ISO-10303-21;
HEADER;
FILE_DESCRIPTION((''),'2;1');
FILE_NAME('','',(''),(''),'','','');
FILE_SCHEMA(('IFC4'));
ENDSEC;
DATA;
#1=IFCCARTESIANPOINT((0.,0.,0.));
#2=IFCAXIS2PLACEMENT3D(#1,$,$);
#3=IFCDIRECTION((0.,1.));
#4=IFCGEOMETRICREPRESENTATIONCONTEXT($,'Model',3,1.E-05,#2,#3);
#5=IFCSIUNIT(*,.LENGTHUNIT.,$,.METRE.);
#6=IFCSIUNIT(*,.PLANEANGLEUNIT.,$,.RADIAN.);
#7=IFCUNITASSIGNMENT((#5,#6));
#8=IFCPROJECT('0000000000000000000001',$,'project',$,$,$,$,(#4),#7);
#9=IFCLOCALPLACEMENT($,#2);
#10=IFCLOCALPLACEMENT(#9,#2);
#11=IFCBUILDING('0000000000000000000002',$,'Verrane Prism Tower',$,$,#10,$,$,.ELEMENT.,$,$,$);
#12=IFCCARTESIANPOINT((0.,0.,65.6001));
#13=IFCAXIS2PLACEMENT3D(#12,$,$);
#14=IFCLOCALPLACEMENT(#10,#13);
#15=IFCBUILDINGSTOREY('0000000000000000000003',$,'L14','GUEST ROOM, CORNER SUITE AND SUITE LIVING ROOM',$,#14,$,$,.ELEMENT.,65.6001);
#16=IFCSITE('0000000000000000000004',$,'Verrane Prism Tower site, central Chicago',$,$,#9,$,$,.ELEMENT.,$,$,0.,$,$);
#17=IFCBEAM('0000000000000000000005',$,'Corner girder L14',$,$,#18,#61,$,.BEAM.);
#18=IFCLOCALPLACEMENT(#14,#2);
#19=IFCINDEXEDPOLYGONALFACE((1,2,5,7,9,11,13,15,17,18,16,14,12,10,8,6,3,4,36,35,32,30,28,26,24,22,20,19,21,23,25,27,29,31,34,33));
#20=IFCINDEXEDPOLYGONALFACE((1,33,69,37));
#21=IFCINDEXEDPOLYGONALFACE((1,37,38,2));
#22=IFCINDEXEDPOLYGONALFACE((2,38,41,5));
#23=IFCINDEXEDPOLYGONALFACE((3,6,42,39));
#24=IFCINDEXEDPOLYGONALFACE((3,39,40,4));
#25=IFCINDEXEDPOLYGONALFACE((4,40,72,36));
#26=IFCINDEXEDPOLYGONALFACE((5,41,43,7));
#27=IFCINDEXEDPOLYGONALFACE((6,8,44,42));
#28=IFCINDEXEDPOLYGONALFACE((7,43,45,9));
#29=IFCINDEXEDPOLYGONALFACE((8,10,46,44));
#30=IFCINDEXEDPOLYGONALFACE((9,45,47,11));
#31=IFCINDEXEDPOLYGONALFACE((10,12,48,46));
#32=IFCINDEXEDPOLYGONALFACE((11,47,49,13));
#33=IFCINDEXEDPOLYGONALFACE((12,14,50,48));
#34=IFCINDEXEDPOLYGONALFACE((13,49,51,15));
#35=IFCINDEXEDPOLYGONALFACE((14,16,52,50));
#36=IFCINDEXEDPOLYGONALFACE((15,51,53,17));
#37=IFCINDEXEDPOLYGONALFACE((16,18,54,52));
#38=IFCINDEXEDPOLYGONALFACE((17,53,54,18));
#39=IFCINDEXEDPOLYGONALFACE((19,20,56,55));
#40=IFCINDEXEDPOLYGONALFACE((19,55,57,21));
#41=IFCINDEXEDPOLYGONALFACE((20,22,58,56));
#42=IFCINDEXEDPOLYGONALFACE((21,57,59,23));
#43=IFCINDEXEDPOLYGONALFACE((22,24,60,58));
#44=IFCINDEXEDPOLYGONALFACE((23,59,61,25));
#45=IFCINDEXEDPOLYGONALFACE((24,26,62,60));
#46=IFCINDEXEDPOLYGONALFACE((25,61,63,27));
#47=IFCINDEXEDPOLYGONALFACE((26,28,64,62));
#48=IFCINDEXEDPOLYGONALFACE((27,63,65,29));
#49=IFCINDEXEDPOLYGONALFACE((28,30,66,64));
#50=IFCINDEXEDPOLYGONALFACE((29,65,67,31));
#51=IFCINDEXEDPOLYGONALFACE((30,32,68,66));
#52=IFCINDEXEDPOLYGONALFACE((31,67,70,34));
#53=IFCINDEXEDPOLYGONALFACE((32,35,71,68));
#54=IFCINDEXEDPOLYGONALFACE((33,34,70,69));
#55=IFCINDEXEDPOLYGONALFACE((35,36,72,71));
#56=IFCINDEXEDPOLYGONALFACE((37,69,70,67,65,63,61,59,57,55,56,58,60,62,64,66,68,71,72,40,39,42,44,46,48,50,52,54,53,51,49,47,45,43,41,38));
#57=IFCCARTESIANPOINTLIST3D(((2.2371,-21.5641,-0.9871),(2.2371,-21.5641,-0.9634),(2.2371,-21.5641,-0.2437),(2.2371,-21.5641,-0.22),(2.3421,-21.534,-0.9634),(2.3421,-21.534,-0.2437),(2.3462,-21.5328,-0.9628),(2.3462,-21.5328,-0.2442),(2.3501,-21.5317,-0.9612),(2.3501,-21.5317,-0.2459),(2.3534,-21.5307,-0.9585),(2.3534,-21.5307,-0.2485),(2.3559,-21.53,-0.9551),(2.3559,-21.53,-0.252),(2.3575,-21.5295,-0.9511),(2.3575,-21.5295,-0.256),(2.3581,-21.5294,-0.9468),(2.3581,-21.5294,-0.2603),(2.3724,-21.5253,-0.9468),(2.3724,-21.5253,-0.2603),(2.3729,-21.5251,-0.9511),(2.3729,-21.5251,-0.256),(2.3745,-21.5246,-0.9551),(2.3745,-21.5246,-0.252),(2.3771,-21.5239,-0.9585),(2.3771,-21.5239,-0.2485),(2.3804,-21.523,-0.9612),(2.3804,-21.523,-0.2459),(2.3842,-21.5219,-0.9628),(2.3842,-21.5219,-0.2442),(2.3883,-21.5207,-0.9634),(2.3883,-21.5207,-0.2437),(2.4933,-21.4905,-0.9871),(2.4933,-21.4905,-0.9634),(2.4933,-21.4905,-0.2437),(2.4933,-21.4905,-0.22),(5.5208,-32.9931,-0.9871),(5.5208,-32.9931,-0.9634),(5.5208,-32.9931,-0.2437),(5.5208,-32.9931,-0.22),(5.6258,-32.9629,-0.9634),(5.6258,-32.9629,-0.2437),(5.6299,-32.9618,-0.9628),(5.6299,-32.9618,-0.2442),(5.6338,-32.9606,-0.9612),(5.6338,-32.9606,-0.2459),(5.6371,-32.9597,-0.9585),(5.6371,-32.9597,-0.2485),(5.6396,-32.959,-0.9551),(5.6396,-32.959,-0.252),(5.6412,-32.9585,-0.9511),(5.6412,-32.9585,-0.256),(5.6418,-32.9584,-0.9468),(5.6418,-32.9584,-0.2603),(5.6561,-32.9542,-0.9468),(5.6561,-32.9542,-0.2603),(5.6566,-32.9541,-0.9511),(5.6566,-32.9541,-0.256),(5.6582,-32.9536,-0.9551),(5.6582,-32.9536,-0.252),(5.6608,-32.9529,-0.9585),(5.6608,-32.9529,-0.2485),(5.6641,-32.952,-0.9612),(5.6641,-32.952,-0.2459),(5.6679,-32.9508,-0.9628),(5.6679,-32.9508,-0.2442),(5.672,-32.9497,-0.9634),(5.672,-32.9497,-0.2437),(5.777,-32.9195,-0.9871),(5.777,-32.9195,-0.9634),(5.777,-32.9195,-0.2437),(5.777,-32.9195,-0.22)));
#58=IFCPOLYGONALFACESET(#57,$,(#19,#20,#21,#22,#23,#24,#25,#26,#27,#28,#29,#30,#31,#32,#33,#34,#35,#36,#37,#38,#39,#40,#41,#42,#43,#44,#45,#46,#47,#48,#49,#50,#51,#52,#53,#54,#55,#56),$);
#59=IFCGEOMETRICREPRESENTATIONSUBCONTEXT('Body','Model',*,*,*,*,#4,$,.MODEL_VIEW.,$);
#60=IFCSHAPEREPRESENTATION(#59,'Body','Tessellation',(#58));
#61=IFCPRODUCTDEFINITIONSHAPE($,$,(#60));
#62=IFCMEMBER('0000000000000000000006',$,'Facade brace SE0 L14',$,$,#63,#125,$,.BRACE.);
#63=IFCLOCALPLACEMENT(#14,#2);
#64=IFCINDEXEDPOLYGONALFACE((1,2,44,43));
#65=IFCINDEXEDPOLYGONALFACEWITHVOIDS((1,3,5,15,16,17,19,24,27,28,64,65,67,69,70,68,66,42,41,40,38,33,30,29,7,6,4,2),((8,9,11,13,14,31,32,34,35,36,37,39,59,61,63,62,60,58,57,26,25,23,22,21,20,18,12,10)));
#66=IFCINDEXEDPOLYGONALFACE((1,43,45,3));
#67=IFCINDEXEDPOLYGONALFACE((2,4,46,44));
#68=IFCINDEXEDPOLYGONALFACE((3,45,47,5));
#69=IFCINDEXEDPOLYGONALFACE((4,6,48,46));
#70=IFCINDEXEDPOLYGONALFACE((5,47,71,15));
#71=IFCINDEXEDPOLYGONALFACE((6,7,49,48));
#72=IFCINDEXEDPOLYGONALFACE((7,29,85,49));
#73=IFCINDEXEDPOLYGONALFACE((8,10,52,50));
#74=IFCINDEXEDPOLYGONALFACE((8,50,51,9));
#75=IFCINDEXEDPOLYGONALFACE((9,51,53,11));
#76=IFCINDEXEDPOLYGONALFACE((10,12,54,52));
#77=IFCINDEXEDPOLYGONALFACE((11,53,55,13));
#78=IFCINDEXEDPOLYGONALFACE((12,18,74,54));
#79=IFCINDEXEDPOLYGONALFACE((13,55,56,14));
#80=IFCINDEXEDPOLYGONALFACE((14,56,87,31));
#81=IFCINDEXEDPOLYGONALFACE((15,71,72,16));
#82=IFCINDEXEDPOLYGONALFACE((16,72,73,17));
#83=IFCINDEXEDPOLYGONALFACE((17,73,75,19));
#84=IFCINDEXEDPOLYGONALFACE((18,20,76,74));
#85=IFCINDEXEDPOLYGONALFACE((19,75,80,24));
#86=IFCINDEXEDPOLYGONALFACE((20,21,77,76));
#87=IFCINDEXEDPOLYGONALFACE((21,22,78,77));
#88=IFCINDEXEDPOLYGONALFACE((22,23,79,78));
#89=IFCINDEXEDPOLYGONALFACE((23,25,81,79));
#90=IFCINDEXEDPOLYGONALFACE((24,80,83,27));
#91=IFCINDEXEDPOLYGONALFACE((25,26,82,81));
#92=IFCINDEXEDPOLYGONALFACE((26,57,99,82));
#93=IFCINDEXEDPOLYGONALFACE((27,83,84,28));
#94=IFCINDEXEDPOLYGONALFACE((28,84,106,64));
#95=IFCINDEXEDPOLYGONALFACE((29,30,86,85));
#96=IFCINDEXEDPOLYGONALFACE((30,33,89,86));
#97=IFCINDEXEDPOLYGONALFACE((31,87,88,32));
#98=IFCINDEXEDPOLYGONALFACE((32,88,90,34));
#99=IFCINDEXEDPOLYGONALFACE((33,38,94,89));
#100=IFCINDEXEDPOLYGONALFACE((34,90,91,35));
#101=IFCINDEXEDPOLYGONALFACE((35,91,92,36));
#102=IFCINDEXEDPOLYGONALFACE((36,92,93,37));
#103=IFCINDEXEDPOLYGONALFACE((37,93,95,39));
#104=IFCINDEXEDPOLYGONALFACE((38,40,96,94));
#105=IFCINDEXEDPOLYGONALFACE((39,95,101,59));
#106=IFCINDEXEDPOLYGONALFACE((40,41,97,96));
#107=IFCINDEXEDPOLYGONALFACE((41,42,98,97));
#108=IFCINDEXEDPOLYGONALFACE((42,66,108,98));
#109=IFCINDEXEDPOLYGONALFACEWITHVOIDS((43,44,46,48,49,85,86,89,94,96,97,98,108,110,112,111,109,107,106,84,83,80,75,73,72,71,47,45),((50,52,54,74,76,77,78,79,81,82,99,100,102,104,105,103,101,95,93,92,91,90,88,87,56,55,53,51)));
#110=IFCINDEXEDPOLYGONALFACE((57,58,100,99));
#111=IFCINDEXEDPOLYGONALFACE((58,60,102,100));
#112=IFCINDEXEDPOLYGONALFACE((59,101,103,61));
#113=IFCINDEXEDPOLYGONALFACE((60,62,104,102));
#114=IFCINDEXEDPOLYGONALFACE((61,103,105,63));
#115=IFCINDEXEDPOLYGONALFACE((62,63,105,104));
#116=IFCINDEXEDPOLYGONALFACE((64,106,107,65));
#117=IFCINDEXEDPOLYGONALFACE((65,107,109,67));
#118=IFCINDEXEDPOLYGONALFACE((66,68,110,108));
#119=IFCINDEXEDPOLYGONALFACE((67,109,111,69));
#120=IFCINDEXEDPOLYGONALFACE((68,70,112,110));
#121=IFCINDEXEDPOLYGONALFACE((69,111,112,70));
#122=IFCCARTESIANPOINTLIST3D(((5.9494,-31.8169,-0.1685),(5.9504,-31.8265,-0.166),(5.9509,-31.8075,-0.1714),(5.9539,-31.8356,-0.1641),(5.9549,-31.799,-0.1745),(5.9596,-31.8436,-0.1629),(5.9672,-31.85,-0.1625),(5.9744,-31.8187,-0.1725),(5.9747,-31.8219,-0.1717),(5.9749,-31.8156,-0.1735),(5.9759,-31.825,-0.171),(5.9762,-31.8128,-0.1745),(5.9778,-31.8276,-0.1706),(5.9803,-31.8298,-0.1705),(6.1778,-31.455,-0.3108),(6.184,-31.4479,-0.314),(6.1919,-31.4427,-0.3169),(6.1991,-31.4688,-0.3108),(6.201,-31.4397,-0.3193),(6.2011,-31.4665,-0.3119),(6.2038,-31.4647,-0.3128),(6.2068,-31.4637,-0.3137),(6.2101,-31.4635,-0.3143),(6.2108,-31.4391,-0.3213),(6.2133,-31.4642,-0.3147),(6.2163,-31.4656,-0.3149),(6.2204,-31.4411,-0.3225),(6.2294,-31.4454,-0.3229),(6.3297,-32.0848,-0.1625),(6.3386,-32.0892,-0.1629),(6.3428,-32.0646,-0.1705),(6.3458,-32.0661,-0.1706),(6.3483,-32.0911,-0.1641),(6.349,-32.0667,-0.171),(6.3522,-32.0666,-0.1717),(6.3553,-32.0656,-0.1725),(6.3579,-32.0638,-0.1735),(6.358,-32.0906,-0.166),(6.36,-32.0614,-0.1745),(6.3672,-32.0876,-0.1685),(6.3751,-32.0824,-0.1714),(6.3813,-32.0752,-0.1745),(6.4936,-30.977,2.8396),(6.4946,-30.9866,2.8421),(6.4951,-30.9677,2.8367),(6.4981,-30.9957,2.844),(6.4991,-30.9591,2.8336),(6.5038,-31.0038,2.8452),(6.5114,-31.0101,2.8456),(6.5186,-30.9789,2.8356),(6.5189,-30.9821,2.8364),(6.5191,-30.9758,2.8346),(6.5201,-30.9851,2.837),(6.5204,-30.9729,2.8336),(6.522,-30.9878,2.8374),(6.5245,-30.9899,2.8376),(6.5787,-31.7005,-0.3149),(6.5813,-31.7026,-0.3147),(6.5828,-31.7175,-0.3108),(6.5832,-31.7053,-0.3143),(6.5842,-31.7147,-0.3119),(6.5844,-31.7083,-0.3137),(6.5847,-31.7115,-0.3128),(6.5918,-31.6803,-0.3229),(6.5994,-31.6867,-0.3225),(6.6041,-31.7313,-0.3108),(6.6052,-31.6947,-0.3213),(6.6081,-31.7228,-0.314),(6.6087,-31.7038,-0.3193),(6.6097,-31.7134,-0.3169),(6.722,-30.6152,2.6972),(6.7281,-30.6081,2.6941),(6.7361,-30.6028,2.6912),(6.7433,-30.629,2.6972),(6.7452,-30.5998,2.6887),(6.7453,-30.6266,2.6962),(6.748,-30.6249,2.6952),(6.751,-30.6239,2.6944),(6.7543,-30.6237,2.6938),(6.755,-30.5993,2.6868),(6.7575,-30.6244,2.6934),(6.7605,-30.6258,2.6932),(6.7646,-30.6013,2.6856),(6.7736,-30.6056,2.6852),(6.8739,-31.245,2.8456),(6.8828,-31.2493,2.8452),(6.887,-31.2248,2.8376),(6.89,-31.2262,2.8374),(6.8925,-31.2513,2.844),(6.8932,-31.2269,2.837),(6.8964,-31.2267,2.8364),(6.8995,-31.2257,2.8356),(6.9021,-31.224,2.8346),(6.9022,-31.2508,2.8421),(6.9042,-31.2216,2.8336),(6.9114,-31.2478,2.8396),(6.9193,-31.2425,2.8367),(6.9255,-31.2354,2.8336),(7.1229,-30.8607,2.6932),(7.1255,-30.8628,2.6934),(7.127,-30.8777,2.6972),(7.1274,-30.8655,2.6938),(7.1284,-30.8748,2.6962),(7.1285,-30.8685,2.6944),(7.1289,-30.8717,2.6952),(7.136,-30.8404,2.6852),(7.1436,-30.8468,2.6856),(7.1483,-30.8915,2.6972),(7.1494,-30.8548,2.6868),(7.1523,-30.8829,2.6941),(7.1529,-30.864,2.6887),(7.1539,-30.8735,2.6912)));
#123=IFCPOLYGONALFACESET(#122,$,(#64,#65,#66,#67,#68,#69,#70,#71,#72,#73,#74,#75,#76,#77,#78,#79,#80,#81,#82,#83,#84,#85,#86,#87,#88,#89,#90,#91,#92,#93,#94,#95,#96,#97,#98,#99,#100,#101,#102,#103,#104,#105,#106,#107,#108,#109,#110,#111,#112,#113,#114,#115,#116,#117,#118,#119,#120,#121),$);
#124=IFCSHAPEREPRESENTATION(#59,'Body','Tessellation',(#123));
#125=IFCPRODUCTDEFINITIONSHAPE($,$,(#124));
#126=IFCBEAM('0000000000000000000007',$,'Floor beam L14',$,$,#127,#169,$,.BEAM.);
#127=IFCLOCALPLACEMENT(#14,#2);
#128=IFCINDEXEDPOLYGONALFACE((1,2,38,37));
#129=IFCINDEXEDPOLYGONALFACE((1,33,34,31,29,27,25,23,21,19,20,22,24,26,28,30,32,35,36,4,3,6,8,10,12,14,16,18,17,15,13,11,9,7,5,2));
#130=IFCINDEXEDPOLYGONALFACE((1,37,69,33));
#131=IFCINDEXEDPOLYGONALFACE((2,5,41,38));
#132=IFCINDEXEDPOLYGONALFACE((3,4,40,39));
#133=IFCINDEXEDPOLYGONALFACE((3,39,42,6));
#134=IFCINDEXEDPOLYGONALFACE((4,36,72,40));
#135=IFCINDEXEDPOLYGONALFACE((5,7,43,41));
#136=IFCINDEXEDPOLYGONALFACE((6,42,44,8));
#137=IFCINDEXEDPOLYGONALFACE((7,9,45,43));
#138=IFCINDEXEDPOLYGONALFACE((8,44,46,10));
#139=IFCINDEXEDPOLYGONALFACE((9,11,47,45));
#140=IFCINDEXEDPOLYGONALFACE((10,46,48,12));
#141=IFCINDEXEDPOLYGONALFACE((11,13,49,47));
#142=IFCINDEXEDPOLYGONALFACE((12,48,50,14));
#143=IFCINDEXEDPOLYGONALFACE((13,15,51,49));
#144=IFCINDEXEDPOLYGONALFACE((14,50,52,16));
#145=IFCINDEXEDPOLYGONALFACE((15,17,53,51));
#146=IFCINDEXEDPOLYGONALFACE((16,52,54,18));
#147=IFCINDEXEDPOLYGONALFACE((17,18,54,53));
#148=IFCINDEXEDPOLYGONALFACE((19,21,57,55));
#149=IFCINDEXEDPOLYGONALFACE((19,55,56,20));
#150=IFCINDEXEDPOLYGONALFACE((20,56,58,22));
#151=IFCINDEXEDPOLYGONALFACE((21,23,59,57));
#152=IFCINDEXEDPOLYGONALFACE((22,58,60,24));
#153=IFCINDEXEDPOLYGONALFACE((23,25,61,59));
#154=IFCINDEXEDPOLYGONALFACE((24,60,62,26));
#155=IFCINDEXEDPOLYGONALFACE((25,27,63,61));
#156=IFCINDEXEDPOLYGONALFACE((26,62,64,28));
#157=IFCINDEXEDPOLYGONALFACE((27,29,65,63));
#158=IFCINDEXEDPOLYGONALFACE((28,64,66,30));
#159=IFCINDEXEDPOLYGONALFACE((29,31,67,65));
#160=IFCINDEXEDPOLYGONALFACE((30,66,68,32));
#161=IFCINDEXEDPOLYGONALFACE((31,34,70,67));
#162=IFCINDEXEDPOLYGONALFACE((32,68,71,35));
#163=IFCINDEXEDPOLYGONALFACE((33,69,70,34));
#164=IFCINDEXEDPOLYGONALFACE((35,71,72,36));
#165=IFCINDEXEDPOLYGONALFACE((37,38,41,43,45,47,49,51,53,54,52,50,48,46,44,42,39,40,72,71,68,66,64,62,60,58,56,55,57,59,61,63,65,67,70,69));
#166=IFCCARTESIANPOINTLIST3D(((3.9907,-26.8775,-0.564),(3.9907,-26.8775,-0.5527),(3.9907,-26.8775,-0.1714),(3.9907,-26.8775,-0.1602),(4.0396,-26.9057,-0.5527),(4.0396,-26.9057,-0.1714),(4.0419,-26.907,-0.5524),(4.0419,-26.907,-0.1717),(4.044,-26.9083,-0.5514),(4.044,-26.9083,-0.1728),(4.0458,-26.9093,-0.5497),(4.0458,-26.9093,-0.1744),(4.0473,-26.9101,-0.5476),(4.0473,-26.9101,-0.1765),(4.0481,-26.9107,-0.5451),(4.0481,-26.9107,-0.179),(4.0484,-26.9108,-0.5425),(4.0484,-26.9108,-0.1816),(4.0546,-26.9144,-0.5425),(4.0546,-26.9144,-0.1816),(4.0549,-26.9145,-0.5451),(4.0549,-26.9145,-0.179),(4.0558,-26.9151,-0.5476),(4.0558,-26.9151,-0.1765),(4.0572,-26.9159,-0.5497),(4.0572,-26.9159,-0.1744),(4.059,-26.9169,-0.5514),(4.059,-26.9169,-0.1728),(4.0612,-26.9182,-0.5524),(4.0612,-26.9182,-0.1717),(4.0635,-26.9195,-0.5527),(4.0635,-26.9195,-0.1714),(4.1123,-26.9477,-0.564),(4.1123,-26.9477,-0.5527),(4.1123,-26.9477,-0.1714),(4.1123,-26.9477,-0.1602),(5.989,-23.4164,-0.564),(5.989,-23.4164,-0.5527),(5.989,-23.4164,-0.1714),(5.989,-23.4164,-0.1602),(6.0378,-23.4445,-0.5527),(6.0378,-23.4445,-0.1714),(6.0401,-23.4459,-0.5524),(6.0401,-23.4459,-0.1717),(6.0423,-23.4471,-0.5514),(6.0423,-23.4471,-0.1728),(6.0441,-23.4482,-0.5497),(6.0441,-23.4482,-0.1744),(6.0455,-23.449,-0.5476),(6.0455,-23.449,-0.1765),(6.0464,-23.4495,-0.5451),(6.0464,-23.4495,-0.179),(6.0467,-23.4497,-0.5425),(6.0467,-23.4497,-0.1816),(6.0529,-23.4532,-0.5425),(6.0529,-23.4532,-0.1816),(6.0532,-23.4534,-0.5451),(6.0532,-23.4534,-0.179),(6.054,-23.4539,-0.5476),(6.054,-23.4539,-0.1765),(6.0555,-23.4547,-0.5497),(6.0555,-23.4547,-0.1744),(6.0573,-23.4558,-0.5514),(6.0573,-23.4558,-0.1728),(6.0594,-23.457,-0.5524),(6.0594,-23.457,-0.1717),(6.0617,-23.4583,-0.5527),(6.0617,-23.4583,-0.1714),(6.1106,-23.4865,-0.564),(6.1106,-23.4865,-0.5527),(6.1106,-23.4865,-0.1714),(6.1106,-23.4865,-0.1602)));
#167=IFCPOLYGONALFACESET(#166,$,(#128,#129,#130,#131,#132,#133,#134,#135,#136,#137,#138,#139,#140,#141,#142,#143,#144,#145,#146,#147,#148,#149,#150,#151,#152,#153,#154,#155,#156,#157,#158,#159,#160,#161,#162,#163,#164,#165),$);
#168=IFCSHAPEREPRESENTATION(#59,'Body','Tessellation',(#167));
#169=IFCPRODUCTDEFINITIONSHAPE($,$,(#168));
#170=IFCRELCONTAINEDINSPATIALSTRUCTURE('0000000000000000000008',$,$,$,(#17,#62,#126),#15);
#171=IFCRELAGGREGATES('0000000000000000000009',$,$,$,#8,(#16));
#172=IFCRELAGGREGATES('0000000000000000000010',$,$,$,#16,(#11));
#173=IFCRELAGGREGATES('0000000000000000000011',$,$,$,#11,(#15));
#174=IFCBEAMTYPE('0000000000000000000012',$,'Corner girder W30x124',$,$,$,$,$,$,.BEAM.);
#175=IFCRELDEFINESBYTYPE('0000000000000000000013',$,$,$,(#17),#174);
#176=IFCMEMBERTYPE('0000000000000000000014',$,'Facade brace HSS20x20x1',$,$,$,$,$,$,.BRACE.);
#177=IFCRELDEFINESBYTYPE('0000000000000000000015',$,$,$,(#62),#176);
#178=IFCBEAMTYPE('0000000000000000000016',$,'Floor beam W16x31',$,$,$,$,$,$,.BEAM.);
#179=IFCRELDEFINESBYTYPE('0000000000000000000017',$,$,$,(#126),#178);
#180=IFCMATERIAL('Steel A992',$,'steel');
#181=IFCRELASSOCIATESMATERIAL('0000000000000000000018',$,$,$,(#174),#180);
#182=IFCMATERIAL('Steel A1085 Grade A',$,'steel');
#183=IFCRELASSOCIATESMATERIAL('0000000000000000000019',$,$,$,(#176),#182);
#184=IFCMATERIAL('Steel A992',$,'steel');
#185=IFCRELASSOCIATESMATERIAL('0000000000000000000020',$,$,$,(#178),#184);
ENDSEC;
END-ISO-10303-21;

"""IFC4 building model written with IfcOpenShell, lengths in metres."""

from ifc_helpers import new_model, si_unit, direction, frame, origin, origin_2d, place, context, subcontext, project, spatial, hollow_rectangle, i_section, extrude, material, material_profile, profile_set, type_object, element, save


model = new_model("IFC4")

# Units and contexts
model_context = context("Model", 3, precision=1e-05, world=origin(), true_north=direction((0.0, 1.0)))
body_context = subcontext(model_context, "Body", "Model", "MODEL_VIEW")
ifc_project = project(units=[si_unit("LENGTHUNIT", "METRE"), si_unit("PLANEANGLEUNIT", "RADIAN")], contexts=[model_context])

# Site, building, storey
site_placement = place(None, origin())
site = spatial("IfcSite", under=ifc_project, at=site_placement, Name="Verrane Prism Tower site, central Chicago", CompositionType="ELEMENT", RefElevation=0.0)
building_placement = place(site_placement, origin())
building = spatial("IfcBuilding", under=site, at=building_placement, Name="Verrane Prism Tower", CompositionType="ELEMENT")
storey_placement = place(building_placement, frame((0.0, 0.0, 65.6001)))
storey = spatial("IfcBuildingStorey", under=building, at=storey_placement, Name="L14", Description="GUEST ROOM, CORNER SUITE AND SUITE LIVING ROOM", CompositionType="ELEMENT", Elevation=65.6001)

# Beam
ifc_material_1 = material(Name="Steel A992", Category="steel")
ifc_material_profile_1 = material_profile(ifc_material_1, i_section(OverallWidth=0.2666, OverallDepth=0.7671, WebThickness=0.0149, FlangeThickness=0.0237, FilletRadius=0.0166, at=origin_2d()), Name="W30x124")
ifc_profile_set_1 = profile_set([ifc_material_profile_1], Name="Steel A992")
beam_type_1 = type_object("IfcBeamType", Name="Corner girder W30x124", PredefinedType="BEAM", material=ifc_profile_set_1)
beam_1_placement = place(storey_placement, frame((5.6489, -32.9563, -0.6035), z_axis=(-0.276142, 0.961117, 0.0), x_axis=(-0.961117, -0.276142, 0.0)))
element("IfcBeam", 1, at=beam_1_placement, inside=storey, type_object=beam_type_1, Name="Corner girder L14", PredefinedType="BEAM", context=body_context, shape_type="SweptSolid", body=[
    extrude(i_section(OverallWidth=0.2666, OverallDepth=0.7671, WebThickness=0.0149, FlangeThickness=0.0237, FilletRadius=0.0166, at=origin_2d()), origin(), (0.0, 0.0, 1.0), 11.8914),
])

# Member
ifc_material_2 = material(Name="Steel A1085 Grade A", Category="steel")
ifc_material_profile_2 = material_profile(ifc_material_2, hollow_rectangle(XDim=0.5081, YDim=0.5081, WallThickness=0.0254, InnerFilletRadius=0.0127, OuterFilletRadius=0.0381, at=origin_2d()), Name="HSS20x20x1")
ifc_profile_set_2 = profile_set([ifc_material_profile_2], Name="Steel A1085 Grade A")
member_type_1 = type_object("IfcMemberType", Name="Facade brace HSS20x20x1", PredefinedType="BRACE", material=ifc_profile_set_2)
member_1_placement = place(storey_placement, frame((6.2795, -31.7651, -0.2427), z_axis=(0.17166, 0.264922, 0.948867), x_axis=(-0.839223, 0.543787, 0.0)))
element("IfcMember", 2, at=member_1_placement, inside=storey, type_object=member_type_1, Name="Facade brace SE0 L14", PredefinedType="BRACE", context=body_context, shape_type="SweptSolid", body=[
    extrude(hollow_rectangle(XDim=0.5081, YDim=0.5081, WallThickness=0.0254, InnerFilletRadius=0.0127, OuterFilletRadius=0.0381, at=origin_2d()), origin(), (0.0, 0.0, 1.0), 3.1702),
])

# Beam
ifc_material_3 = material(Name="Steel A992", Category="steel")
ifc_material_profile_3 = material_profile(ifc_material_3, i_section(OverallWidth=0.1404, OverallDepth=0.4038, WebThickness=0.0071, FlangeThickness=0.0112, FilletRadius=0.0103, at=origin_2d()), Name="W16x31")
ifc_profile_set_3 = profile_set([ifc_material_profile_3], Name="Steel A992")
beam_type_2 = type_object("IfcBeamType", Name="Floor beam W16x31", PredefinedType="BEAM", material=ifc_profile_set_3)
beam_2_placement = place(storey_placement, frame((4.0515, -26.9126, -0.3621), z_axis=(0.499996, 0.866028, 0.0), x_axis=(-0.866028, 0.499996, 0.0)))
element("IfcBeam", 3, at=beam_2_placement, inside=storey, type_object=beam_type_2, Name="Floor beam L14", PredefinedType="BEAM", context=body_context, shape_type="SweptSolid", body=[
    extrude(i_section(OverallWidth=0.1404, OverallDepth=0.4038, WebThickness=0.0071, FlangeThickness=0.0112, FilletRadius=0.0103, at=origin_2d()), origin(), (0.0, 0.0, 1.0), 3.9966),
])

save(model, "model.ifc")
